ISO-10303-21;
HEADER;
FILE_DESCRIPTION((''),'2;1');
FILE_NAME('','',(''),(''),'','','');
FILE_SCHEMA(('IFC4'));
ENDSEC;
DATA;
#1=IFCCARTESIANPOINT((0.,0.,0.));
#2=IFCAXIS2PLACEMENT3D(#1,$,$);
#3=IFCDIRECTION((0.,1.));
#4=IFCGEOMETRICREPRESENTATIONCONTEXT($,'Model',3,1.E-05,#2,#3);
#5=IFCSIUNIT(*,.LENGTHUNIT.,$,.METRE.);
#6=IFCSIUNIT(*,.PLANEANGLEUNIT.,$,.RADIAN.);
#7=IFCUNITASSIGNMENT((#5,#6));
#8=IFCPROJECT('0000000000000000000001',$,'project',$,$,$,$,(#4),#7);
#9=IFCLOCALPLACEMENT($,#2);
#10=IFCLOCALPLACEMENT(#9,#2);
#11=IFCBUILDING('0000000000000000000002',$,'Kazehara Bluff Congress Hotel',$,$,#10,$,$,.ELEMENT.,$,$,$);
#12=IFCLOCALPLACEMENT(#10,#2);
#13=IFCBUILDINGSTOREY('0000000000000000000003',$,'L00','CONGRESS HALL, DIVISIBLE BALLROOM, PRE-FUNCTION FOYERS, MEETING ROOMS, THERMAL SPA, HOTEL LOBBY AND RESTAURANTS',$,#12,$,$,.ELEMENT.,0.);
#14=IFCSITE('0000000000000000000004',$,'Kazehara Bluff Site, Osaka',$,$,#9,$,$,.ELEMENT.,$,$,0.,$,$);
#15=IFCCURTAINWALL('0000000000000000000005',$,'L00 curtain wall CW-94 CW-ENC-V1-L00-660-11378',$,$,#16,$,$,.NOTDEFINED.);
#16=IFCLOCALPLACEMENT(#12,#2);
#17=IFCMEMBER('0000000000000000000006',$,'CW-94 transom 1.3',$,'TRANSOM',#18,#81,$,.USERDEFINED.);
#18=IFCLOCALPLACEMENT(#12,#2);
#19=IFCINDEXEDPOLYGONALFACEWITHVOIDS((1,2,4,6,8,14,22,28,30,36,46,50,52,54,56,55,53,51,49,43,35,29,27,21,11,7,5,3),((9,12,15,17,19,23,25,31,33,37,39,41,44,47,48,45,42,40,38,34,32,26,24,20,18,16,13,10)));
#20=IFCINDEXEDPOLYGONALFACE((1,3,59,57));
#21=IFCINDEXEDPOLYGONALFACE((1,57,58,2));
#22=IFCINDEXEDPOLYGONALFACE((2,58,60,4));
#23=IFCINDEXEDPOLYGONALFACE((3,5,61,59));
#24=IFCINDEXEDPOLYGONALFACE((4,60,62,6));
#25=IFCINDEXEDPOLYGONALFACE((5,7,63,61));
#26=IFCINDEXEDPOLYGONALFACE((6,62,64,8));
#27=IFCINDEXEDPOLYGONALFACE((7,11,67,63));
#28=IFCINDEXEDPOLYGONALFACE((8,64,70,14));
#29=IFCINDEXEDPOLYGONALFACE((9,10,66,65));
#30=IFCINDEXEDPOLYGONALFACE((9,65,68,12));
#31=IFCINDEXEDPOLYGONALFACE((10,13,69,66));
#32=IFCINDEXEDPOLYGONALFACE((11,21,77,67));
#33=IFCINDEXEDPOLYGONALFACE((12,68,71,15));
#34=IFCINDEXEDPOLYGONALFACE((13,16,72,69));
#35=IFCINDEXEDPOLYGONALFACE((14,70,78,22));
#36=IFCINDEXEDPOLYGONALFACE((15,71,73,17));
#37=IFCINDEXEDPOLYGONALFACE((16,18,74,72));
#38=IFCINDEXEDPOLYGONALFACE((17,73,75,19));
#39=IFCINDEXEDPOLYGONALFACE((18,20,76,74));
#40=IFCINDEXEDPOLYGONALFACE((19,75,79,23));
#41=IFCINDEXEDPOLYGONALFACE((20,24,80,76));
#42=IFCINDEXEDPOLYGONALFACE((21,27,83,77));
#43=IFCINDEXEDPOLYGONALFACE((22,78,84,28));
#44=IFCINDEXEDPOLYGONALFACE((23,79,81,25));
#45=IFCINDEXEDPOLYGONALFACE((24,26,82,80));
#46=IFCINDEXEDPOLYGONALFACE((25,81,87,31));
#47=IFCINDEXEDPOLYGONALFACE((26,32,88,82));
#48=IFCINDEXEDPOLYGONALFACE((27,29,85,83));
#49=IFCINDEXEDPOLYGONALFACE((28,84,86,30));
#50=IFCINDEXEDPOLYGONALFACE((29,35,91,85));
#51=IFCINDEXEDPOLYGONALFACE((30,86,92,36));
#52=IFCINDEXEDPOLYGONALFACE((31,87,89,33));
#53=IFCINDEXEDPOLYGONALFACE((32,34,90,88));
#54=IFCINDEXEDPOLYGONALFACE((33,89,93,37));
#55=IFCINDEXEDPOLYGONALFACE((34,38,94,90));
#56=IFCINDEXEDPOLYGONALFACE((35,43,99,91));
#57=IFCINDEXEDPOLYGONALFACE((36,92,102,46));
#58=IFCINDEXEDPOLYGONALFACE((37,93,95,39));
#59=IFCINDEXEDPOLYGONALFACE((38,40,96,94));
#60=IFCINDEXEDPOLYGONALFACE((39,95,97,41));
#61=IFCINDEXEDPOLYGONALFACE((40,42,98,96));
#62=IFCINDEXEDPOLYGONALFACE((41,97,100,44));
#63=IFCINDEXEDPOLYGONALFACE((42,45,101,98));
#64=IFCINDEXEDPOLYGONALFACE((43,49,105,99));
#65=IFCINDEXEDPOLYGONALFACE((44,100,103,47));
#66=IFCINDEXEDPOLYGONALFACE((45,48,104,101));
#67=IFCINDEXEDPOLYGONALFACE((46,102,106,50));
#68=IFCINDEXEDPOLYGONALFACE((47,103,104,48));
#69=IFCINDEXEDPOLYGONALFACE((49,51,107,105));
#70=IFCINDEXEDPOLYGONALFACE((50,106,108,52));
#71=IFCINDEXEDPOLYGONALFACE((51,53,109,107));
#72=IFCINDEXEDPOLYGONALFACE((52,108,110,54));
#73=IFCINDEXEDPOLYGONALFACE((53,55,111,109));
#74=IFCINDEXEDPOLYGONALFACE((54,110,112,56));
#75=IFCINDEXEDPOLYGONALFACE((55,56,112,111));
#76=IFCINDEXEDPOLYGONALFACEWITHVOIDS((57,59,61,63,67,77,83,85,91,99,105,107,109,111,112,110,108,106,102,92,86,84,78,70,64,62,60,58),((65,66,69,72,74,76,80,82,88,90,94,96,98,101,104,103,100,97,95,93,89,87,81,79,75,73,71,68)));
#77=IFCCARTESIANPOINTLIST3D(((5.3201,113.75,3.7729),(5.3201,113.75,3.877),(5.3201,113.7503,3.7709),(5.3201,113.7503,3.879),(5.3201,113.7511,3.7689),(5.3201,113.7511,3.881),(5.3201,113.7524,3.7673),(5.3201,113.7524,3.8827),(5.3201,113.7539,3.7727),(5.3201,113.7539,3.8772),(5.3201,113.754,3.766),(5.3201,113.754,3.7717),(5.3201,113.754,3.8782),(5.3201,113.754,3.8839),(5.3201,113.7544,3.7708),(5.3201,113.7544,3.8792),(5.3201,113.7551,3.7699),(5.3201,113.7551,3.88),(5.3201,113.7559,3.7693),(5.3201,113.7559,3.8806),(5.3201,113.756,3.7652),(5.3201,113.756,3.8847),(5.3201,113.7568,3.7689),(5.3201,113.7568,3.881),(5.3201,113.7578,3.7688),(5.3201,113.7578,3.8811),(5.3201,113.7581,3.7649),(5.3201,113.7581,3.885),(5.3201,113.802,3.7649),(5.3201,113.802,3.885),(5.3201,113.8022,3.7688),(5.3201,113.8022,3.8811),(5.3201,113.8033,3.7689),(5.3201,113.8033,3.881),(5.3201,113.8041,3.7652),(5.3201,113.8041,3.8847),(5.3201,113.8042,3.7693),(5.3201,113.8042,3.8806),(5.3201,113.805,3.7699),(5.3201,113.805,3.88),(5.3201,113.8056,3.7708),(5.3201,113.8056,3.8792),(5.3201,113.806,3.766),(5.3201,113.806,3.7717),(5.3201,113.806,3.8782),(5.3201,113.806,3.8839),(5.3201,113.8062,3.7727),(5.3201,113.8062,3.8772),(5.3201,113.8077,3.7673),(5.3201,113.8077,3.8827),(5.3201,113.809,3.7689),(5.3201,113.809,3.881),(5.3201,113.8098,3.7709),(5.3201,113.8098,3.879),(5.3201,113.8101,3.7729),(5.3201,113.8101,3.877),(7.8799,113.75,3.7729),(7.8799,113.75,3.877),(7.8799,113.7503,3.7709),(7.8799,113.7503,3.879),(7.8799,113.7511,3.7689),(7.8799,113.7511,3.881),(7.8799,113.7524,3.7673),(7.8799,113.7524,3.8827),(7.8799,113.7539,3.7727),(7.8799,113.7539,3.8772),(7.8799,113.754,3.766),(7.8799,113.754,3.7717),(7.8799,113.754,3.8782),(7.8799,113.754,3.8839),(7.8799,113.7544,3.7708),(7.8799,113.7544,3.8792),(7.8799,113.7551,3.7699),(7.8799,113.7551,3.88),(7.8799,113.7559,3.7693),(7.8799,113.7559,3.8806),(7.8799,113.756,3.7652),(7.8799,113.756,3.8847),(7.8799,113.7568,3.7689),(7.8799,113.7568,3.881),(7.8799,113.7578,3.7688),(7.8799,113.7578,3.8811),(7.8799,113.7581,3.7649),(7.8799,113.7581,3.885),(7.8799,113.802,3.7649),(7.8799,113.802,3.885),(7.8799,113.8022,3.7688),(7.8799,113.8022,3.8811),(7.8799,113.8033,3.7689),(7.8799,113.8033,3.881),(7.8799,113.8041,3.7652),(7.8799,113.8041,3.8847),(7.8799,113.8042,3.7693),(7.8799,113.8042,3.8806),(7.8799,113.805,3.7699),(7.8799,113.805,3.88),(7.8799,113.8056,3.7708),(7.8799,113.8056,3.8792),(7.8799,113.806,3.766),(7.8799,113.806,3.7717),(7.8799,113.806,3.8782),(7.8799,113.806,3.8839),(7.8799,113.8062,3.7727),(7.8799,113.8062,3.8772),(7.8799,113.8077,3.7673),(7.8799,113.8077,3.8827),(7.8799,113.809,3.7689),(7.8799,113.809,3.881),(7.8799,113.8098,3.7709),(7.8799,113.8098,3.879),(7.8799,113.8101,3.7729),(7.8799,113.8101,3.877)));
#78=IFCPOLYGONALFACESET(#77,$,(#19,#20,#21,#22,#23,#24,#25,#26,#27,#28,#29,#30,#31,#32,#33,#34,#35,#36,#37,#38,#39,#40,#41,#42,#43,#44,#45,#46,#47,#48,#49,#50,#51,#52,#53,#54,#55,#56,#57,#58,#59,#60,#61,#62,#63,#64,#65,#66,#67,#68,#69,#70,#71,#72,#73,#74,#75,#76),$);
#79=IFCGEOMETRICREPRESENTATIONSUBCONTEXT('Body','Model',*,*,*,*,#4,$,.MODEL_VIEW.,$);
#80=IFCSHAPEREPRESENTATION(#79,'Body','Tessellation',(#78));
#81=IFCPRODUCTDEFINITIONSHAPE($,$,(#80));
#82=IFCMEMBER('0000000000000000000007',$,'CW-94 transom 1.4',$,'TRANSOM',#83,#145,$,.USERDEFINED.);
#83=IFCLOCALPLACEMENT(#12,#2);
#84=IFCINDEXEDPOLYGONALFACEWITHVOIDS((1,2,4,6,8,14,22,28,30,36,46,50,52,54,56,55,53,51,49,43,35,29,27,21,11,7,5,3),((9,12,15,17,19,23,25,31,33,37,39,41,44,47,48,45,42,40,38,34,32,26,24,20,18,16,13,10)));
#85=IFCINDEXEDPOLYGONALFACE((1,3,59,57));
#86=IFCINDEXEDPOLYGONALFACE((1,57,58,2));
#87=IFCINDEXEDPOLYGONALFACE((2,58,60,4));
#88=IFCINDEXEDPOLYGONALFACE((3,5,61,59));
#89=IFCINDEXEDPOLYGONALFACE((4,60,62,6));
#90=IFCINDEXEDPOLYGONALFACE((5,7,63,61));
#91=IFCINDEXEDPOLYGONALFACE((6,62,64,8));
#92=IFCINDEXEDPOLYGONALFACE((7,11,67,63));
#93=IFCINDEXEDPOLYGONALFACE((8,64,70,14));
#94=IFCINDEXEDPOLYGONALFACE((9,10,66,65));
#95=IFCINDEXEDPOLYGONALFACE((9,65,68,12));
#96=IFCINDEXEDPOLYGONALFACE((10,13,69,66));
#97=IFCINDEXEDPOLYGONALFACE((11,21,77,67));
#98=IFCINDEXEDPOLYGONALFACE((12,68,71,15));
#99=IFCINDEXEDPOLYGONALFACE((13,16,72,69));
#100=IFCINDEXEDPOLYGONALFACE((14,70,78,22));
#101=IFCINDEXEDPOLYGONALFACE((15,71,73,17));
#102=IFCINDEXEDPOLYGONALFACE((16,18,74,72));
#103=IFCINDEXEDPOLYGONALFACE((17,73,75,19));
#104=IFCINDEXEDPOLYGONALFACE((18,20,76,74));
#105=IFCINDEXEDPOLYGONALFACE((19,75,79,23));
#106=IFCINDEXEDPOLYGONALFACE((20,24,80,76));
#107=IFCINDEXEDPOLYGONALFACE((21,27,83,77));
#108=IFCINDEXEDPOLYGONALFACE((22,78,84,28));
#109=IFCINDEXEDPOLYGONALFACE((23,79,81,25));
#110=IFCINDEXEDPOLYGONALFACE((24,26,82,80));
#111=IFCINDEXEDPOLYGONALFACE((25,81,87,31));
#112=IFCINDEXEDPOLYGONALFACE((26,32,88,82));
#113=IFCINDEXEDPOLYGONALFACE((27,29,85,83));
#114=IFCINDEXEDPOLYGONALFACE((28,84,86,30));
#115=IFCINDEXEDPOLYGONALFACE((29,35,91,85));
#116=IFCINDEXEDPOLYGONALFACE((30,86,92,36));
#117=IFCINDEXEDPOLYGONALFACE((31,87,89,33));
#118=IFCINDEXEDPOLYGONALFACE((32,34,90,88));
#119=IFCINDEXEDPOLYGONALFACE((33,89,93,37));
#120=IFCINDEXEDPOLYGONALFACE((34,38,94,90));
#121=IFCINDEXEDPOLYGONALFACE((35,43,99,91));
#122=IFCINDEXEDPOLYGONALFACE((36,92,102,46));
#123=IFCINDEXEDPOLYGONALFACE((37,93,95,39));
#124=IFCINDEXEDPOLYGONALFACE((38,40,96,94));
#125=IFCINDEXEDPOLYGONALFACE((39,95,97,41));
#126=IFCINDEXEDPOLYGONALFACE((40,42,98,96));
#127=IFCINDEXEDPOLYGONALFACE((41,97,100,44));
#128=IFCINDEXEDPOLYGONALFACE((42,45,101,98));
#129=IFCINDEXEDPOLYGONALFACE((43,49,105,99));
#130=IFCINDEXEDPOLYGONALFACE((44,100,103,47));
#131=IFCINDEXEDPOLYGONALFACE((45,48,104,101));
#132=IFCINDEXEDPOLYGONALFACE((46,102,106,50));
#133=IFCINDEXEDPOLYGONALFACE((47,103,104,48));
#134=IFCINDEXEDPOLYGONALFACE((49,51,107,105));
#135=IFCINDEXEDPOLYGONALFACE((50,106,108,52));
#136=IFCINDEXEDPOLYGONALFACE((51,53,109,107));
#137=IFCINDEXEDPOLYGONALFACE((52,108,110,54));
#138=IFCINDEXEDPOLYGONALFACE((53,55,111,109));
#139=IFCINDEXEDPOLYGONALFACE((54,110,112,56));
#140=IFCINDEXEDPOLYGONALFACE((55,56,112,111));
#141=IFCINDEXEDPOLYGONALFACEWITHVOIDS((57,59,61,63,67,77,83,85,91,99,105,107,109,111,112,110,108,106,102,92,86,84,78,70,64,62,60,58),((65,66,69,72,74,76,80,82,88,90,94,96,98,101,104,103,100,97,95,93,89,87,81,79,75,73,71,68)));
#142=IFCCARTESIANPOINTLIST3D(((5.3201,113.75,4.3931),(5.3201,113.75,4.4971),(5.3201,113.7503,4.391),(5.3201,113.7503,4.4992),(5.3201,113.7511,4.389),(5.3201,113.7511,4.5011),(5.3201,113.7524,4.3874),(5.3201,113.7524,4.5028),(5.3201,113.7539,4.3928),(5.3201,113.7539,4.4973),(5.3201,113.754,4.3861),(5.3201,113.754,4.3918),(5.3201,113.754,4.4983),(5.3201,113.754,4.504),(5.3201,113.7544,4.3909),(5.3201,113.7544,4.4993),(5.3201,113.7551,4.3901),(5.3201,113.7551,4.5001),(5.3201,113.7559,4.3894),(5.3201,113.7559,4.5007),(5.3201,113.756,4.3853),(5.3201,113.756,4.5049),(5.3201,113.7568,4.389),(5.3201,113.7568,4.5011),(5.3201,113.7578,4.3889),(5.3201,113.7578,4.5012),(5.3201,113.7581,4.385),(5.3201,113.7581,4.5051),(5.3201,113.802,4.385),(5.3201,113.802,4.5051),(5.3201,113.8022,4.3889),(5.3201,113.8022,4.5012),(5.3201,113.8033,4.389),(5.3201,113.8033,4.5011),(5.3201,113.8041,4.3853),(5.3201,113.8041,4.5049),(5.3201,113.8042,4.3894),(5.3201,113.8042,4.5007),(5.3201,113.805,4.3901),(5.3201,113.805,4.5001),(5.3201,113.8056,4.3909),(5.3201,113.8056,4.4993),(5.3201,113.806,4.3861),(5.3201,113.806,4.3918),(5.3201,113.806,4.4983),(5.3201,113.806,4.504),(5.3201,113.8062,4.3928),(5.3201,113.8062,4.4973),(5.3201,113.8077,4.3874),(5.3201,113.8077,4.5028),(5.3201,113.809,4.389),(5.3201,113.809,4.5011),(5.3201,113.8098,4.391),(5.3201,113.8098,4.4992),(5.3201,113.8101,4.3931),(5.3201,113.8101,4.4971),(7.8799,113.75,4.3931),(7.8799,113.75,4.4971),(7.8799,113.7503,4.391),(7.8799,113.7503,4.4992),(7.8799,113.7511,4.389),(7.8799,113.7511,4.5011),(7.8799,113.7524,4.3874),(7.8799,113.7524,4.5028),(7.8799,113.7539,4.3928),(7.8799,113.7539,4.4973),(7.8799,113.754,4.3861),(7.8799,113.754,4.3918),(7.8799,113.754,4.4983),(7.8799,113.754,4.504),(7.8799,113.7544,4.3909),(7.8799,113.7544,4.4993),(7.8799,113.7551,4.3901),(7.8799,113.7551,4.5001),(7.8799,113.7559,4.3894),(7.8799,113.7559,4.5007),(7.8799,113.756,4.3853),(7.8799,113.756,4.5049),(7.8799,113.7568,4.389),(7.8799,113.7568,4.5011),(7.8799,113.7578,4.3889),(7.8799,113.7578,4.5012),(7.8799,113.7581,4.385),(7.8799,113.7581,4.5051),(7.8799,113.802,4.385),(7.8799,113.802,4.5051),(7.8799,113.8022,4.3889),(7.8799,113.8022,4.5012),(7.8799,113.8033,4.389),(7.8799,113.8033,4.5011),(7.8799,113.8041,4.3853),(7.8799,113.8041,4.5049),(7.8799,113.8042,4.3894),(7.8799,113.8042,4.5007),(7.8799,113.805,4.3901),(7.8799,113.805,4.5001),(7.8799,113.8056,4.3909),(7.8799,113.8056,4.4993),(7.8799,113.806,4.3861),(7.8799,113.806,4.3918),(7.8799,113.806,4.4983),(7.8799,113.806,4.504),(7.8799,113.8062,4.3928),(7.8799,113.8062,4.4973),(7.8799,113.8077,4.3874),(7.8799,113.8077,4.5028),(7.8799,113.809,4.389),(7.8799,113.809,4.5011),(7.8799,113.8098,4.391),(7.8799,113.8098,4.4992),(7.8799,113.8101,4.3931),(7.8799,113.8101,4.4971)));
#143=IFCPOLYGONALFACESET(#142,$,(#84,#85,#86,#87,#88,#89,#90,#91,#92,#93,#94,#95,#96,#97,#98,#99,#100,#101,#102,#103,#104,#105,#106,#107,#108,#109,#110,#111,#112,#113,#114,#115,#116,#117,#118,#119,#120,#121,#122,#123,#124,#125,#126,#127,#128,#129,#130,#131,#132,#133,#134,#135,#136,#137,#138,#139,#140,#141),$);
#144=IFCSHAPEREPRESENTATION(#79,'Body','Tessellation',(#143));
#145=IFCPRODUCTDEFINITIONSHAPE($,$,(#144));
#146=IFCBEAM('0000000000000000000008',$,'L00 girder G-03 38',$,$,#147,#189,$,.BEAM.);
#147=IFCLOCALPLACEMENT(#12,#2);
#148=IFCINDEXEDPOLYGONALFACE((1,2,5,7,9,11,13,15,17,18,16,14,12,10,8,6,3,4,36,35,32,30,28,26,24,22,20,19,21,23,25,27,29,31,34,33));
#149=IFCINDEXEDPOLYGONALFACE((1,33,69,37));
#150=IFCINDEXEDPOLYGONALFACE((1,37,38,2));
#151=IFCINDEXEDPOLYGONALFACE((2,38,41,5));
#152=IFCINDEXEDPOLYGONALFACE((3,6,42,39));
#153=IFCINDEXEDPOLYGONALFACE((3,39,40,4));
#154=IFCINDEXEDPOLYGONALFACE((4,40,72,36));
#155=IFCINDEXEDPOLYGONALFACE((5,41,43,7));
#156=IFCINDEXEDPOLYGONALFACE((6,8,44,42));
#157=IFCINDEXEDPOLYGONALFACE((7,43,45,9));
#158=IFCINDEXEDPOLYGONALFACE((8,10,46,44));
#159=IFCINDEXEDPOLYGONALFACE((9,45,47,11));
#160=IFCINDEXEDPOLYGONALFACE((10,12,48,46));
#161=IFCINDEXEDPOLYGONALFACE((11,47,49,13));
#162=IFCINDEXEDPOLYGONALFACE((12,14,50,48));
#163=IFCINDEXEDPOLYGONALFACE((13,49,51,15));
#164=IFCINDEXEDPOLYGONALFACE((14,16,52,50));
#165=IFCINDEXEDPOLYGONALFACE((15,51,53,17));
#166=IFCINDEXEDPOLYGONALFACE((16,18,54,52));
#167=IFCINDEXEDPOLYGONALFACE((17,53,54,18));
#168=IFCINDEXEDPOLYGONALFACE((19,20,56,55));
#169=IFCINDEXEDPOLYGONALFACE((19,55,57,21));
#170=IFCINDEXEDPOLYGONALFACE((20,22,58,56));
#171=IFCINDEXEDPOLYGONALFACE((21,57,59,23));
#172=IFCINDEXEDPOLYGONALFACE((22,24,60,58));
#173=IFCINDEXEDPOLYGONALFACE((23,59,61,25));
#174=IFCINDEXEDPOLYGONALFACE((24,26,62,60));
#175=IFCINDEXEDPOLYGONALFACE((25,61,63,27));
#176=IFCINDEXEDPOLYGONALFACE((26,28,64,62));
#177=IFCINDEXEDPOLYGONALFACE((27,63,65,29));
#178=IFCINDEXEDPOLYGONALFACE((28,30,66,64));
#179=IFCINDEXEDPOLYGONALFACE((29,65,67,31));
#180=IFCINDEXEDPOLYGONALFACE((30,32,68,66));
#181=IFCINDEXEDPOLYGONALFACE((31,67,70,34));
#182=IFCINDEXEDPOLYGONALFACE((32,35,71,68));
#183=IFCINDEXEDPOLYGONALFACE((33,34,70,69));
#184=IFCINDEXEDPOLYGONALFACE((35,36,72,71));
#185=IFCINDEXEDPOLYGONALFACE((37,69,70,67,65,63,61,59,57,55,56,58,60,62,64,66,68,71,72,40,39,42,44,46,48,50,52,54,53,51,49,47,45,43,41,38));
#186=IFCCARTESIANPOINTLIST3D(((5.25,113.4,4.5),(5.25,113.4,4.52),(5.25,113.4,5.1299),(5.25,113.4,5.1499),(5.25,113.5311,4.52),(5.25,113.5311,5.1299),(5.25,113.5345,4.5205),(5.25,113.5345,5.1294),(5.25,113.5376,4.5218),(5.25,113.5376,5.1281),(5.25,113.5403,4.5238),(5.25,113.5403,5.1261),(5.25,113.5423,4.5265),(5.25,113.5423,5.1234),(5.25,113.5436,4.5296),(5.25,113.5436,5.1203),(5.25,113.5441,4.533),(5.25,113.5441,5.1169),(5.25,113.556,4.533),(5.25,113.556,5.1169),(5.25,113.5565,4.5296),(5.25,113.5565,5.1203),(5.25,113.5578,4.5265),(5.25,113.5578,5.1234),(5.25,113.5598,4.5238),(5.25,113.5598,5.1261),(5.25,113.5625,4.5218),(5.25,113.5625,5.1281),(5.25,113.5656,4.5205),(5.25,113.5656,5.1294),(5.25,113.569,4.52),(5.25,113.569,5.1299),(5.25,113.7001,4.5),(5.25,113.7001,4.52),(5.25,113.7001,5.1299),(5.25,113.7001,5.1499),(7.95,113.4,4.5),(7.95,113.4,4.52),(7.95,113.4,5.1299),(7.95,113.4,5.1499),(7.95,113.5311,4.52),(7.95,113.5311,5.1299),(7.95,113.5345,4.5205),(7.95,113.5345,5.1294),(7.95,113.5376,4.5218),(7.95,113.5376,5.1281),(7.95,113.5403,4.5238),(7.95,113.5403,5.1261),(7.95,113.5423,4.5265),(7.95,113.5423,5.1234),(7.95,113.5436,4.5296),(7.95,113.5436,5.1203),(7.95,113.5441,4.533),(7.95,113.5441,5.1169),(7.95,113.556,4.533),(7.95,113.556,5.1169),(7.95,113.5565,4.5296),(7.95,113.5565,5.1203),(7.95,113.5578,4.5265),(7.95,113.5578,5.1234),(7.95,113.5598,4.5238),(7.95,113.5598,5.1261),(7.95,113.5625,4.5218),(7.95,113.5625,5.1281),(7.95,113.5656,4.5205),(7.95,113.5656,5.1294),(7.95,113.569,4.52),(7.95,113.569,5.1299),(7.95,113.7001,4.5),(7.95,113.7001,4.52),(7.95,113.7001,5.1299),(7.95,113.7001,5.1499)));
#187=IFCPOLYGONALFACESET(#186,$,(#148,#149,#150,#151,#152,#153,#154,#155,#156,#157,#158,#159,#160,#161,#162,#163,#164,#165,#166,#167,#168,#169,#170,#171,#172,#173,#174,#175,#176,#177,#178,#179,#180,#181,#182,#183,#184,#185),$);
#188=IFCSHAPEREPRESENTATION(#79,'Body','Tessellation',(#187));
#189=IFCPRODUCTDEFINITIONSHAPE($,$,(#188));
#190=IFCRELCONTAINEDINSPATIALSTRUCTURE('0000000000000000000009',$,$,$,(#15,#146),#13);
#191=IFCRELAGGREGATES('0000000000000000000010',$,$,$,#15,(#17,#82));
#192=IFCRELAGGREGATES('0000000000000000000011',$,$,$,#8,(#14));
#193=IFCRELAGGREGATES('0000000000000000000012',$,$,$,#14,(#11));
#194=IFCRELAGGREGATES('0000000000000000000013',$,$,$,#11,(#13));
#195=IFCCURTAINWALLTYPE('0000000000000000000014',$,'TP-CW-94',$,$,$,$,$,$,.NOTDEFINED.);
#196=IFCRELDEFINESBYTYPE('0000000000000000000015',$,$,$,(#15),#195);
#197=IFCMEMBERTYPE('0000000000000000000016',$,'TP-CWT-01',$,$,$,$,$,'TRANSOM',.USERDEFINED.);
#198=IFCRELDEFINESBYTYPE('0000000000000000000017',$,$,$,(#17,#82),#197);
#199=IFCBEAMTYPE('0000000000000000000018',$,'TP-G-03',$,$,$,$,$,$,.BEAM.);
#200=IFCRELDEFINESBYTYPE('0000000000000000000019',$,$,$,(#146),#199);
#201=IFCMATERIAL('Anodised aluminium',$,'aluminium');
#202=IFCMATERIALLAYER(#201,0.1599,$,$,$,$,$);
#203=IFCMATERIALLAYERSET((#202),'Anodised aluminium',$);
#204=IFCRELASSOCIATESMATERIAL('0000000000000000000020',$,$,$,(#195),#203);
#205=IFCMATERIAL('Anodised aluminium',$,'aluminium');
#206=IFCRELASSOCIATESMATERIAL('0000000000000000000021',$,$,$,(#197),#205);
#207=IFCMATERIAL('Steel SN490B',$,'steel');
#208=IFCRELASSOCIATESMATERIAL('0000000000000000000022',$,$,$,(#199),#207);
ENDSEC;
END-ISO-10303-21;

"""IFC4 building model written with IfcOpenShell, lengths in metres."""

from ifc_helpers import new_model, si_unit, direction, frame, origin, origin_2d, place, context, subcontext, project, spatial, hollow_rectangle, i_section, extrude, material, layer, layer_set, material_profile, profile_set, type_object, element, aggregate, save


model = new_model("IFC4")

# Units and contexts
model_context = context("Model", 3, precision=1e-05, world=origin(), true_north=direction((0.0, 1.0)))
body_context = subcontext(model_context, "Body", "Model", "MODEL_VIEW")
ifc_project = project(units=[si_unit("LENGTHUNIT", "METRE"), si_unit("PLANEANGLEUNIT", "RADIAN")], contexts=[model_context])

# Site, building, storey
site_placement = place(None, origin())
site = spatial("IfcSite", under=ifc_project, at=site_placement, Name="Kazehara Bluff Site, Osaka", CompositionType="ELEMENT", RefElevation=0.0)
building_placement = place(site_placement, origin())
building = spatial("IfcBuilding", under=site, at=building_placement, Name="Kazehara Bluff Congress Hotel", CompositionType="ELEMENT")
storey_placement = place(building_placement, origin())
storey = spatial("IfcBuildingStorey", under=building, at=storey_placement, Name="L00", Description="CONGRESS HALL, DIVISIBLE BALLROOM, PRE-FUNCTION FOYERS, MEETING ROOMS, THERMAL SPA, HOTEL LOBBY AND RESTAURANTS", CompositionType="ELEMENT", Elevation=0.0)

# Curtain wall, members
ifc_material_1 = material(Name="Anodised aluminium", Category="aluminium")
ifc_layer_1 = layer(ifc_material_1, 0.1599)
ifc_layer_set_1 = layer_set([ifc_layer_1], Name="Anodised aluminium")
curtain_wall_type = type_object("IfcCurtainWallType", Name="TP-CW-94", PredefinedType="NOTDEFINED", material=ifc_layer_set_1)
curtain_wall_placement = place(storey_placement, origin())
curtain_wall = element("IfcCurtainWall", 1, at=curtain_wall_placement, inside=storey, type_object=curtain_wall_type, Name="L00 curtain wall CW-94 CW-ENC-V1-L00-660-11378", PredefinedType="NOTDEFINED")
ifc_material_2 = material(Name="Anodised aluminium", Category="aluminium")
ifc_material_profile_1 = material_profile(ifc_material_2, hollow_rectangle(XDim=0.0601, YDim=0.1201, WallThickness=0.0039, InnerFilletRadius=0.0039, OuterFilletRadius=0.0081, at=origin_2d()))
ifc_profile_set_1 = profile_set([ifc_material_profile_1], Name="Anodised aluminium")
member_type_1 = type_object("IfcMemberType", Name="TP-CWT-01", ElementType="TRANSOM", PredefinedType="USERDEFINED", material=ifc_profile_set_1)
member_1_placement = place(storey_placement, frame((5.3201, 113.78, 3.825), z_axis=(1.0, 0.0, 0.0), x_axis=(0.0, 1.0, 0.0)))
member_1 = element("IfcMember", 2, at=member_1_placement, type_object=member_type_1, Name="CW-94 transom 1.3", ObjectType="TRANSOM", PredefinedType="USERDEFINED", context=body_context, shape_type="SweptSolid", body=[
    extrude(hollow_rectangle(XDim=0.0601, YDim=0.1201, WallThickness=0.0039, InnerFilletRadius=0.0039, OuterFilletRadius=0.0081, at=origin_2d()), origin(), (0.0, 0.0, 1.0), 2.5598),
])
member_2_placement = place(storey_placement, frame((5.3201, 113.78, 4.4451), z_axis=(1.0, 0.0, 0.0), x_axis=(0.0, 1.0, 0.0)))
member_2 = element("IfcMember", 3, at=member_2_placement, type_object=member_type_1, Name="CW-94 transom 1.4", ObjectType="TRANSOM", PredefinedType="USERDEFINED", context=body_context, shape_type="SweptSolid", body=[
    extrude(hollow_rectangle(XDim=0.0601, YDim=0.1201, WallThickness=0.0039, InnerFilletRadius=0.0039, OuterFilletRadius=0.0081, at=origin_2d()), origin(), (0.0, 0.0, 1.0), 2.5598),
])

# Beam
ifc_material_3 = material(Name="Steel SN490B", Category="steel")
ifc_material_profile_2 = material_profile(ifc_material_3, i_section(OverallWidth=0.3, OverallDepth=0.6499, WebThickness=0.012, FlangeThickness=0.02, FilletRadius=0.0129, at=origin_2d()))
ifc_profile_set_2 = profile_set([ifc_material_profile_2], Name="Steel SN490B")
beam_type_1 = type_object("IfcBeamType", Name="TP-G-03", PredefinedType="BEAM", material=ifc_profile_set_2)
beam_placement = place(storey_placement, frame((5.25, 113.55, 4.825), z_axis=(1.0, 0.0, 0.0), x_axis=(0.0, 1.0, 0.0)))
element("IfcBeam", 4, at=beam_placement, inside=storey, type_object=beam_type_1, Name="L00 girder G-03 38", PredefinedType="BEAM", context=body_context, shape_type="SweptSolid", body=[
    extrude(i_section(OverallWidth=0.3, OverallDepth=0.6499, WebThickness=0.012, FlangeThickness=0.02, FilletRadius=0.0129, at=origin_2d()), origin(), (0.0, 0.0, 1.0), 2.7),
])

aggregate(curtain_wall, [member_1, member_2])

save(model, "model.ifc")
